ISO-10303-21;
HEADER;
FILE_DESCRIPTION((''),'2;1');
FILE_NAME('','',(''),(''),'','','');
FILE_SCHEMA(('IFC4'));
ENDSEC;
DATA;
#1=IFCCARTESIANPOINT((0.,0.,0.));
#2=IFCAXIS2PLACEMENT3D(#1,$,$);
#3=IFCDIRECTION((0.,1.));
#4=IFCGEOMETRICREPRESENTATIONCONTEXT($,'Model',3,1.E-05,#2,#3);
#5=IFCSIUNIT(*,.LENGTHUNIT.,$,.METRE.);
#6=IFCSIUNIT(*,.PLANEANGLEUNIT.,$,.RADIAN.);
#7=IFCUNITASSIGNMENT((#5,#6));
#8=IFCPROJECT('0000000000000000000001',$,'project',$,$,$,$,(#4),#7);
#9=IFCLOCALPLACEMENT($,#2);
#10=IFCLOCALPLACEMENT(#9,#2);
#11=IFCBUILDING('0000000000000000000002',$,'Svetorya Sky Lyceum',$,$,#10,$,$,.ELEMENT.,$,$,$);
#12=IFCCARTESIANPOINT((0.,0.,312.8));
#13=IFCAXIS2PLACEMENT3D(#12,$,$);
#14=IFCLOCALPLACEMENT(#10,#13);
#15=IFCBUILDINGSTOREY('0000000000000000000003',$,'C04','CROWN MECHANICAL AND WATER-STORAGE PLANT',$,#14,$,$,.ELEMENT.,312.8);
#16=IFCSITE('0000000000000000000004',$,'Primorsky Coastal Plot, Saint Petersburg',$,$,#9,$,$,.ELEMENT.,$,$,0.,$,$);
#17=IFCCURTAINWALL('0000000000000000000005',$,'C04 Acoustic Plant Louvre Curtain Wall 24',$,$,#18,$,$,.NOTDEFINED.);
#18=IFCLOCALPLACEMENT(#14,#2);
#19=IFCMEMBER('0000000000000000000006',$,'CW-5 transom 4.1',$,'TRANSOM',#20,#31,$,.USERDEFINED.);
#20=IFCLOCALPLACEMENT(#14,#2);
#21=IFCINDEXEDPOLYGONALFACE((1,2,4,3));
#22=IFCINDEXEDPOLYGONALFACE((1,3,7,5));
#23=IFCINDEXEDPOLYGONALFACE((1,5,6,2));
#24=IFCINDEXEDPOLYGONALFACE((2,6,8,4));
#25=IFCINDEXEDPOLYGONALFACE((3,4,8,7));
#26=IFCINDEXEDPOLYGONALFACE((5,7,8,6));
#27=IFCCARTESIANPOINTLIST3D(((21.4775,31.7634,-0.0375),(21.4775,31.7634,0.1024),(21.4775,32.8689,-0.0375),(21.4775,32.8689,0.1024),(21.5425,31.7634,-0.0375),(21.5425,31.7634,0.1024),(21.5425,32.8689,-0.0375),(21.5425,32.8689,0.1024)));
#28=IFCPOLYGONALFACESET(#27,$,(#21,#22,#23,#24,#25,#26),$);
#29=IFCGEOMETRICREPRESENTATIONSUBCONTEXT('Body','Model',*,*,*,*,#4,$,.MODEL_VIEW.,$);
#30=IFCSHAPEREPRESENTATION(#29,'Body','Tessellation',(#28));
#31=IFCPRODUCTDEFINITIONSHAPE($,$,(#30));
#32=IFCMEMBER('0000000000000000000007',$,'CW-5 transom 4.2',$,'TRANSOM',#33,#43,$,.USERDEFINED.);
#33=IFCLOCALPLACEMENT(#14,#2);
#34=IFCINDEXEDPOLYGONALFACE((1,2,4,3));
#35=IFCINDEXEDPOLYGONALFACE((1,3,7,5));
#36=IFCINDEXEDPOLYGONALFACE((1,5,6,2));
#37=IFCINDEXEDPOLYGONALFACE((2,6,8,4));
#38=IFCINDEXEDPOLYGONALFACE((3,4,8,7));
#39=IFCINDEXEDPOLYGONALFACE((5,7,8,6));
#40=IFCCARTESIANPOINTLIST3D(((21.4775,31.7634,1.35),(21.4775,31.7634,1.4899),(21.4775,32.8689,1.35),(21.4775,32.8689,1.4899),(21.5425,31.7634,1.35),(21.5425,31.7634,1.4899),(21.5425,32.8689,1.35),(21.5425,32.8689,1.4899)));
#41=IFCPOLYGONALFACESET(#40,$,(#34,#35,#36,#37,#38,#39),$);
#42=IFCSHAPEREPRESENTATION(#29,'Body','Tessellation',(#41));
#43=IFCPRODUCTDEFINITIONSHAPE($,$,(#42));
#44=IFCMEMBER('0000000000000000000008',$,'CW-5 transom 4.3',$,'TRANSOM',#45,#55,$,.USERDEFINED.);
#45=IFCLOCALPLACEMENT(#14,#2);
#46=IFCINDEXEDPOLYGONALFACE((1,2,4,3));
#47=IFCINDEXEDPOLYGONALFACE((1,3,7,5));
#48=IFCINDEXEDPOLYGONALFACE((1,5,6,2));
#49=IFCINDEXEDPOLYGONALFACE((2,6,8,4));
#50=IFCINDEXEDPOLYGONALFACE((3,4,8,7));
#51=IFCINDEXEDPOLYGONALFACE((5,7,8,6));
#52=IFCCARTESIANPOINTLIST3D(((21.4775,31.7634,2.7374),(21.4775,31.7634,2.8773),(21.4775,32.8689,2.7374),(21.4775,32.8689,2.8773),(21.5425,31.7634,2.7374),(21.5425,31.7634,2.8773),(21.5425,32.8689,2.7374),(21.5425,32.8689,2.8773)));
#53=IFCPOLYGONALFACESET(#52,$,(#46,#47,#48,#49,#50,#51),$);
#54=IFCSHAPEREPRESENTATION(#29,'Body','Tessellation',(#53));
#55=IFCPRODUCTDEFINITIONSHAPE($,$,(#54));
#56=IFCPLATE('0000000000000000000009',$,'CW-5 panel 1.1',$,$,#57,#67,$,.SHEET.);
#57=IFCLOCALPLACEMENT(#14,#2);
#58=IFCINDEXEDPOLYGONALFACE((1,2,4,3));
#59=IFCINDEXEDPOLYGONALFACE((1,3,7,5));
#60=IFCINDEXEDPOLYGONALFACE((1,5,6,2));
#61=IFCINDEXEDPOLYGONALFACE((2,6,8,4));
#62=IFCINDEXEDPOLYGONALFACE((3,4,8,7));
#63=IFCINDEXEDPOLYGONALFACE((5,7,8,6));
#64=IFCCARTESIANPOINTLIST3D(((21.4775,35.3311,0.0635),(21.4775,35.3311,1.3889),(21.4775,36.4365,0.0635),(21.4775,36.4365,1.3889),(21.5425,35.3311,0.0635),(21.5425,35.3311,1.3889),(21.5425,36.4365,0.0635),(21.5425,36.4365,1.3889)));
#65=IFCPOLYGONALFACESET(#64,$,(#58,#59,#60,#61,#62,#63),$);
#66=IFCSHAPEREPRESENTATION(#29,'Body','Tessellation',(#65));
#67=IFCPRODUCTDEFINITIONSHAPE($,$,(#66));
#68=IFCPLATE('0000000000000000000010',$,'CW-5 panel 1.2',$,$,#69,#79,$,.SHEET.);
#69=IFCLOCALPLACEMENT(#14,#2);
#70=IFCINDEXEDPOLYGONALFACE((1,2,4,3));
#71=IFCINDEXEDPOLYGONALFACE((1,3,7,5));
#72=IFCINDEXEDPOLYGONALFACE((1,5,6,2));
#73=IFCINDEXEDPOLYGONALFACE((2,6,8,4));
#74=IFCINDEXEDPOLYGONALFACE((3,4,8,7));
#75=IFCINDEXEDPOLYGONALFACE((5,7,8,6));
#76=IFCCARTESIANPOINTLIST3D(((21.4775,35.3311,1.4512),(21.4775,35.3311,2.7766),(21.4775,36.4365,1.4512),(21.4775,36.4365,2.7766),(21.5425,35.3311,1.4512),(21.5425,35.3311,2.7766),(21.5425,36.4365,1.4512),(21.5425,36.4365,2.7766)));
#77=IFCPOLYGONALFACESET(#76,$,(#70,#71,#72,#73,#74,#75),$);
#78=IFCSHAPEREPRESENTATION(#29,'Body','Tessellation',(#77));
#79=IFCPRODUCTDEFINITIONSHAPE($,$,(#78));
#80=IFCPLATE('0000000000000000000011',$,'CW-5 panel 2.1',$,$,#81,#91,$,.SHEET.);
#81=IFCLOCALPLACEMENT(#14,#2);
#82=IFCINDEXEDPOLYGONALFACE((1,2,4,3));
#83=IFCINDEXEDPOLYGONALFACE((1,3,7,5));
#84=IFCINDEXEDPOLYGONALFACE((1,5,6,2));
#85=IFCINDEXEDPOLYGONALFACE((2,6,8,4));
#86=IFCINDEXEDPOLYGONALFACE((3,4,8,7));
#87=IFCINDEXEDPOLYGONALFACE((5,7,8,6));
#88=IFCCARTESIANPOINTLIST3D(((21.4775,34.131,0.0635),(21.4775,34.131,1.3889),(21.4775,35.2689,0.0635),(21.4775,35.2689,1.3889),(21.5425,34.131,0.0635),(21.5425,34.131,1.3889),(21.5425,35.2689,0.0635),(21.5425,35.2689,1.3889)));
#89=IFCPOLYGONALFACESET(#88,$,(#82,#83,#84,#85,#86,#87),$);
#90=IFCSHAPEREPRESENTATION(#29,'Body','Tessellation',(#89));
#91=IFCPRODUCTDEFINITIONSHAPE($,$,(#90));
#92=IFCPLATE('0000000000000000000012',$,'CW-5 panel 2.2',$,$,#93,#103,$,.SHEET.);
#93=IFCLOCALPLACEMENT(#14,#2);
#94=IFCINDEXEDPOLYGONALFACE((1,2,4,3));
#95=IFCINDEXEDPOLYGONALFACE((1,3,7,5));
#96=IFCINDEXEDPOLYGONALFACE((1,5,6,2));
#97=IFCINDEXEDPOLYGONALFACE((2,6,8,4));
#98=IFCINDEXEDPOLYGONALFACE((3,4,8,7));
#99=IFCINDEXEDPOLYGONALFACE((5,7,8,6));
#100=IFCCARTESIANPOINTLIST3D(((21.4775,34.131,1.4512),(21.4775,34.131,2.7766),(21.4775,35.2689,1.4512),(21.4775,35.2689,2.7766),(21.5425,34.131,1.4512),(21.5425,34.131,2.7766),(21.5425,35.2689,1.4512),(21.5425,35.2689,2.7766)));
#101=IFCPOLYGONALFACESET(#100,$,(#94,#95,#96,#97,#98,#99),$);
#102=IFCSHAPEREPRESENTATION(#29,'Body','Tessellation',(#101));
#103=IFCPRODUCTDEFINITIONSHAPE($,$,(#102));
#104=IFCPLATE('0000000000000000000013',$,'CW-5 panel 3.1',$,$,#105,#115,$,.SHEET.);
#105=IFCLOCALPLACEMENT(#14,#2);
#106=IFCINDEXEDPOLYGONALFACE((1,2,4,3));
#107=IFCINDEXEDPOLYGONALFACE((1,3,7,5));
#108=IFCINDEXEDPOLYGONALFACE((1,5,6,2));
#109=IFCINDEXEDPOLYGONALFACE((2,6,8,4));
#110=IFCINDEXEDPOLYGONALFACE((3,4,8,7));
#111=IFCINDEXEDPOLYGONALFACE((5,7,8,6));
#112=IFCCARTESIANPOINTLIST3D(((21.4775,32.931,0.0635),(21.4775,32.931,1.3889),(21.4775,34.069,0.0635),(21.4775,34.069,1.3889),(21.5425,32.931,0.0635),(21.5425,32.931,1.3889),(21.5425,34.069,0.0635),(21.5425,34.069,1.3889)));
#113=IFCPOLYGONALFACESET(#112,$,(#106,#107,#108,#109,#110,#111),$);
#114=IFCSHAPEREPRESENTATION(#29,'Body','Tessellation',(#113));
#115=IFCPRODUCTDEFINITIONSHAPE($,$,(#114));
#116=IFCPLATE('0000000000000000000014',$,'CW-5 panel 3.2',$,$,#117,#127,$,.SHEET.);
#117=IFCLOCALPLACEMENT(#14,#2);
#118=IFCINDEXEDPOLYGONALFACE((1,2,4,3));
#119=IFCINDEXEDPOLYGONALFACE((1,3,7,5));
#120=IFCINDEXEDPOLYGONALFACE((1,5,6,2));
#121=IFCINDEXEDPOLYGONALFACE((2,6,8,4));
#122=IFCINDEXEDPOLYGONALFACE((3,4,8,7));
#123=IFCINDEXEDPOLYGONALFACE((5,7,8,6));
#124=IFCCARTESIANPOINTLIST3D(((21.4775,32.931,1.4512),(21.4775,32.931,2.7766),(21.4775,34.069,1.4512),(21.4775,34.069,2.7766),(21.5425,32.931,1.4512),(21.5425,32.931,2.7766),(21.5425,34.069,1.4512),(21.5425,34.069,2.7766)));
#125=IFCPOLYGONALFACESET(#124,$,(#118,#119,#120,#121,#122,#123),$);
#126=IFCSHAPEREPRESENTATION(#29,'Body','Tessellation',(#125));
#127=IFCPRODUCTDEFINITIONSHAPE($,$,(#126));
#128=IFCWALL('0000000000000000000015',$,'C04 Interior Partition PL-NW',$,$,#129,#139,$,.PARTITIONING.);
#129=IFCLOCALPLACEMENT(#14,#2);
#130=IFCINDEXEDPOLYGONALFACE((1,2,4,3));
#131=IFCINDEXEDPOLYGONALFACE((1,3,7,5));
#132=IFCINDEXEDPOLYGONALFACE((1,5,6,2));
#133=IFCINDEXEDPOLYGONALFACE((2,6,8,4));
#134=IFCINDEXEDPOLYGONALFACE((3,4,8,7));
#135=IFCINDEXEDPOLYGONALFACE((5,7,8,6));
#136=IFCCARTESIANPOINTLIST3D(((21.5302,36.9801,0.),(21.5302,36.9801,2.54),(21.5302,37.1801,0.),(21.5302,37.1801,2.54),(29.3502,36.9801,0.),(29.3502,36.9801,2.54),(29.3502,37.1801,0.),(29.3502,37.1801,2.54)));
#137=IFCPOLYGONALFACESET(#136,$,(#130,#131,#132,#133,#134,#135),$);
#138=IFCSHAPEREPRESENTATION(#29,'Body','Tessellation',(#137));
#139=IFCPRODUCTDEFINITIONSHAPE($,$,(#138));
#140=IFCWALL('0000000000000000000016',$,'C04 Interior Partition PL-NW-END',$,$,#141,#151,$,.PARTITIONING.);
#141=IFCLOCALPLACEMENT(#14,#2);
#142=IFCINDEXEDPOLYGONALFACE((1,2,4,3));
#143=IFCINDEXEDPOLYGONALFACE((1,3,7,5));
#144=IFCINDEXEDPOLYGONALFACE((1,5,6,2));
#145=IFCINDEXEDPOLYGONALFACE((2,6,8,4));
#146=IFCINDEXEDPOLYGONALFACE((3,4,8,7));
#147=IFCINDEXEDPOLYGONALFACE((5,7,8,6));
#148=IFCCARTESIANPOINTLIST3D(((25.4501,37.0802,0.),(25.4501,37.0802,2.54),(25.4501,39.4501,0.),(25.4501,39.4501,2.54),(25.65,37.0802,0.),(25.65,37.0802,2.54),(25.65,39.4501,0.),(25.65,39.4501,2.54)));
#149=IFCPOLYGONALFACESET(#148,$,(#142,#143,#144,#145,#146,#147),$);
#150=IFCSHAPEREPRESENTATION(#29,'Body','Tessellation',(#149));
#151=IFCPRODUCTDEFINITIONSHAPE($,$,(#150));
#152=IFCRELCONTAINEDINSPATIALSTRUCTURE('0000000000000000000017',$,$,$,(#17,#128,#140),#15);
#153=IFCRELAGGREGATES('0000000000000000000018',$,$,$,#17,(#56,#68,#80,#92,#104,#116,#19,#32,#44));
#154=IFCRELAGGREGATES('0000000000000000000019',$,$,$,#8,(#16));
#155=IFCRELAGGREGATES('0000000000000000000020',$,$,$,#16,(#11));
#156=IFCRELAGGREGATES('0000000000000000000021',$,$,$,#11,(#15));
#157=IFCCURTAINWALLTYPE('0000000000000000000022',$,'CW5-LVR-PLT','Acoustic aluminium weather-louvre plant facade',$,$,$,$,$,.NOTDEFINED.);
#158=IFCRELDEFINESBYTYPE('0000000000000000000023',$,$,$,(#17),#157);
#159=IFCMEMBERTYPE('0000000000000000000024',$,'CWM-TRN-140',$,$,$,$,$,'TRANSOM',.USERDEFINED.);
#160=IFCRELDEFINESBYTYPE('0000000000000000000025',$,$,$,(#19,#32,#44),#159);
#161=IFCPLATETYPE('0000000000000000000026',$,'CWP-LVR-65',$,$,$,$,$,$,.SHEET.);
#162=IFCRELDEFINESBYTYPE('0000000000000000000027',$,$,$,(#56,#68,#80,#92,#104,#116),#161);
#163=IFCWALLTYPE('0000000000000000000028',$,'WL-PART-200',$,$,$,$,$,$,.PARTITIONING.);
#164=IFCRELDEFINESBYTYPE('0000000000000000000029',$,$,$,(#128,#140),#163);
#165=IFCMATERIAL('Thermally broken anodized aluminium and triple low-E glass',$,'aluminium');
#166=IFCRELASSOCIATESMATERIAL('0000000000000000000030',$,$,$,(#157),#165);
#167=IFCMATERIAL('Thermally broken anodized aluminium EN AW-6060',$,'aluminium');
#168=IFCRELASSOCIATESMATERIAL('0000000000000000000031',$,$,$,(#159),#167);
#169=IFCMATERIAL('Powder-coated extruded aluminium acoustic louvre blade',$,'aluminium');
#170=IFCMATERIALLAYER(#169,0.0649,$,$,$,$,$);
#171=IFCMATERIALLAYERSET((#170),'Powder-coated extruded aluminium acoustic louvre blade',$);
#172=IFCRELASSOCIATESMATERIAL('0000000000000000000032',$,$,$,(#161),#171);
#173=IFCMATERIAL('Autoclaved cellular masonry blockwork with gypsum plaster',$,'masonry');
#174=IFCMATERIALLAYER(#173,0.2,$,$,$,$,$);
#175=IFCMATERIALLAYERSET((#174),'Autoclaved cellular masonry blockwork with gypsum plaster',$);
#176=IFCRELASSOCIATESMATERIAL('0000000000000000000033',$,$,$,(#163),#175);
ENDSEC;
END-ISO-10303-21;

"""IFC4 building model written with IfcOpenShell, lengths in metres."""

from ifc_helpers import new_model, si_unit, direction, frame, frame_2d, origin, origin_2d, place, context, subcontext, project, spatial, rectangle, extrude, material, layer, layer_set, material_profile, profile_set, type_object, element, aggregate, save


model = new_model("IFC4")

# Units and contexts
model_context = context("Model", 3, precision=1e-05, world=origin(), true_north=direction((0.0, 1.0)))
body_context = subcontext(model_context, "Body", "Model", "MODEL_VIEW")
ifc_project = project(units=[si_unit("LENGTHUNIT", "METRE"), si_unit("PLANEANGLEUNIT", "RADIAN")], contexts=[model_context])

# Site, building, storey
site_placement = place(None, origin())
site = spatial("IfcSite", under=ifc_project, at=site_placement, Name="Primorsky Coastal Plot, Saint Petersburg", CompositionType="ELEMENT", RefElevation=0.0)
building_placement = place(site_placement, origin())
building = spatial("IfcBuilding", under=site, at=building_placement, Name="Svetorya Sky Lyceum", CompositionType="ELEMENT")
storey_placement = place(building_placement, frame((0.0, 0.0, 312.8)))
storey = spatial("IfcBuildingStorey", under=building, at=storey_placement, Name="C04", Description="CROWN MECHANICAL AND WATER-STORAGE PLANT", CompositionType="ELEMENT", Elevation=312.8)

# Curtain wall, members, plates
ifc_material_1 = material(Name="Thermally broken anodized aluminium and triple low-E glass", Category="aluminium")
curtain_wall_type = type_object("IfcCurtainWallType", Name="CW5-LVR-PLT", Description="Acoustic aluminium weather-louvre plant facade", PredefinedType="NOTDEFINED", material=ifc_material_1)
curtain_wall_placement = place(storey_placement, origin())
curtain_wall = element("IfcCurtainWall", 1, at=curtain_wall_placement, inside=storey, type_object=curtain_wall_type, Name="C04 Acoustic Plant Louvre Curtain Wall 24", PredefinedType="NOTDEFINED")
ifc_material_2 = material(Name="Thermally broken anodized aluminium EN AW-6060", Category="aluminium")
ifc_material_profile_1 = material_profile(ifc_material_2, rectangle(XDim=0.0649, YDim=0.1399, at=origin_2d()), Name="ALU TRANSOM 65x140")
ifc_profile_set_1 = profile_set([ifc_material_profile_1], Name="Thermally broken anodized aluminium EN AW-6060")
member_type_1 = type_object("IfcMemberType", Name="CWM-TRN-140", ElementType="TRANSOM", PredefinedType="USERDEFINED", material=ifc_profile_set_1)
member_1_placement = place(storey_placement, frame((21.51, 32.8689, 0.0325), z_axis=(0.0, -1.0, 0.0), x_axis=(1.0, 0.0, 0.0)))
member_1 = element("IfcMember", 2, at=member_1_placement, type_object=member_type_1, Name="CW-5 transom 4.1", ObjectType="TRANSOM", PredefinedType="USERDEFINED", context=body_context, shape_type="SweptSolid", body=[
    extrude(rectangle(XDim=0.0649, YDim=0.1399, at=origin_2d()), origin(), (0.0, 0.0, 1.0), 1.1055),
])
member_2_placement = place(storey_placement, frame((21.51, 32.8689, 1.4199), z_axis=(0.0, -1.0, 0.0), x_axis=(1.0, 0.0, 0.0)))
member_2 = element("IfcMember", 3, at=member_2_placement, type_object=member_type_1, Name="CW-5 transom 4.2", ObjectType="TRANSOM", PredefinedType="USERDEFINED", context=body_context, shape_type="SweptSolid", body=[
    extrude(rectangle(XDim=0.0649, YDim=0.1399, at=origin_2d()), origin(), (0.0, 0.0, 1.0), 1.1055),
])
member_3_placement = place(storey_placement, frame((21.51, 32.8689, 2.8074), z_axis=(0.0, -1.0, 0.0), x_axis=(1.0, 0.0, 0.0)))
member_3 = element("IfcMember", 4, at=member_3_placement, type_object=member_type_1, Name="CW-5 transom 4.3", ObjectType="TRANSOM", PredefinedType="USERDEFINED", context=body_context, shape_type="SweptSolid", body=[
    extrude(rectangle(XDim=0.0649, YDim=0.1399, at=origin_2d()), origin(), (0.0, 0.0, 1.0), 1.1055),
])
ifc_material_3 = material(Name="Powder-coated extruded aluminium acoustic louvre blade", Category="aluminium")
ifc_layer_1 = layer(ifc_material_3, 0.0649)
ifc_layer_set_1 = layer_set([ifc_layer_1], Name="Powder-coated extruded aluminium acoustic louvre blade")
plate_type = type_object("IfcPlateType", Name="CWP-LVR-65", PredefinedType="SHEET", material=ifc_layer_set_1)
plate_1_placement = place(storey_placement, frame((21.51, 35.8838, 0.0635), z_axis=(0.0, 0.0, 1.0), x_axis=(0.0, -1.0, 0.0)))
plate_1 = element("IfcPlate", 5, at=plate_1_placement, type_object=plate_type, Name="CW-5 panel 1.1", PredefinedType="SHEET", context=body_context, shape_type="SweptSolid", body=[
    extrude(rectangle(XDim=1.1055, YDim=0.0649, at=origin_2d()), origin(), (0.0, 0.0, 1.0), 1.3254),
])
plate_2_placement = place(storey_placement, frame((21.51, 35.8838, 1.4512), z_axis=(0.0, 0.0, 1.0), x_axis=(0.0, -1.0, 0.0)))
plate_2 = element("IfcPlate", 6, at=plate_2_placement, type_object=plate_type, Name="CW-5 panel 1.2", PredefinedType="SHEET", context=body_context, shape_type="SweptSolid", body=[
    extrude(rectangle(XDim=1.1055, YDim=0.0649, at=origin_2d()), origin(), (0.0, 0.0, 1.0), 1.3254),
])
plate_3_placement = place(storey_placement, frame((21.51, 34.7, 0.0635), z_axis=(0.0, 0.0, 1.0), x_axis=(0.0, -1.0, 0.0)))
plate_3 = element("IfcPlate", 7, at=plate_3_placement, type_object=plate_type, Name="CW-5 panel 2.1", PredefinedType="SHEET", context=body_context, shape_type="SweptSolid", body=[
    extrude(rectangle(XDim=1.1379, YDim=0.0649, at=origin_2d()), origin(), (0.0, 0.0, 1.0), 1.3254),
])
plate_4_placement = place(storey_placement, frame((21.51, 34.7, 1.4512), z_axis=(0.0, 0.0, 1.0), x_axis=(0.0, -1.0, 0.0)))
plate_4 = element("IfcPlate", 8, at=plate_4_placement, type_object=plate_type, Name="CW-5 panel 2.2", PredefinedType="SHEET", context=body_context, shape_type="SweptSolid", body=[
    extrude(rectangle(XDim=1.1379, YDim=0.0649, at=origin_2d()), origin(), (0.0, 0.0, 1.0), 1.3254),
])
plate_5_placement = place(storey_placement, frame((21.51, 33.5, 0.0635), z_axis=(0.0, 0.0, 1.0), x_axis=(0.0, -1.0, 0.0)))
plate_5 = element("IfcPlate", 9, at=plate_5_placement, type_object=plate_type, Name="CW-5 panel 3.1", PredefinedType="SHEET", context=body_context, shape_type="SweptSolid", body=[
    extrude(rectangle(XDim=1.1379, YDim=0.0649, at=origin_2d()), origin(), (0.0, 0.0, 1.0), 1.3254),
])
plate_6_placement = place(storey_placement, frame((21.51, 33.5, 1.4512), z_axis=(0.0, 0.0, 1.0), x_axis=(0.0, -1.0, 0.0)))
plate_6 = element("IfcPlate", 10, at=plate_6_placement, type_object=plate_type, Name="CW-5 panel 3.2", PredefinedType="SHEET", context=body_context, shape_type="SweptSolid", body=[
    extrude(rectangle(XDim=1.1379, YDim=0.0649, at=origin_2d()), origin(), (0.0, 0.0, 1.0), 1.3254),
])
aggregate(curtain_wall, [plate_1, plate_2, plate_3, plate_4, plate_5, plate_6, member_1, member_2, member_3])

# Walls
ifc_material_4 = material(Name="Autoclaved cellular masonry blockwork with gypsum plaster", Category="masonry")
ifc_layer_2 = layer(ifc_material_4, 0.2)
ifc_layer_set_2 = layer_set([ifc_layer_2], Name="Autoclaved cellular masonry blockwork with gypsum plaster")
wall_type = type_object("IfcWallType", Name="WL-PART-200", PredefinedType="PARTITIONING", material=ifc_layer_set_2)
wall_1_placement = place(storey_placement, frame((21.53, 37.0801, 0.0), z_axis=(0.0, 0.0, 1.0), x_axis=(1.0, 0.0, 0.0)))
element("IfcWall", 11, at=wall_1_placement, inside=storey, type_object=wall_type, Name="C04 Interior Partition PL-NW", PredefinedType="PARTITIONING", context=body_context, shape_type="SweptSolid", body=[
    extrude(rectangle(XDim=7.8201, YDim=0.2, at=frame_2d((3.9102, 0.0))), origin(), (0.0, 0.0, 1.0), 2.54),
])
wall_2_placement = place(storey_placement, frame((25.55, 37.0801, 0.0), z_axis=(0.0, 0.0, 1.0), x_axis=(0.0, 1.0, 0.0)))
element("IfcWall", 12, at=wall_2_placement, inside=storey, type_object=wall_type, Name="C04 Interior Partition PL-NW-END", PredefinedType="PARTITIONING", context=body_context, shape_type="SweptSolid", body=[
    extrude(rectangle(XDim=2.3699, YDim=0.2, at=frame_2d((1.1851, 0.0))), origin(), (0.0, 0.0, 1.0), 2.54),
])

save(model, "model.ifc")
